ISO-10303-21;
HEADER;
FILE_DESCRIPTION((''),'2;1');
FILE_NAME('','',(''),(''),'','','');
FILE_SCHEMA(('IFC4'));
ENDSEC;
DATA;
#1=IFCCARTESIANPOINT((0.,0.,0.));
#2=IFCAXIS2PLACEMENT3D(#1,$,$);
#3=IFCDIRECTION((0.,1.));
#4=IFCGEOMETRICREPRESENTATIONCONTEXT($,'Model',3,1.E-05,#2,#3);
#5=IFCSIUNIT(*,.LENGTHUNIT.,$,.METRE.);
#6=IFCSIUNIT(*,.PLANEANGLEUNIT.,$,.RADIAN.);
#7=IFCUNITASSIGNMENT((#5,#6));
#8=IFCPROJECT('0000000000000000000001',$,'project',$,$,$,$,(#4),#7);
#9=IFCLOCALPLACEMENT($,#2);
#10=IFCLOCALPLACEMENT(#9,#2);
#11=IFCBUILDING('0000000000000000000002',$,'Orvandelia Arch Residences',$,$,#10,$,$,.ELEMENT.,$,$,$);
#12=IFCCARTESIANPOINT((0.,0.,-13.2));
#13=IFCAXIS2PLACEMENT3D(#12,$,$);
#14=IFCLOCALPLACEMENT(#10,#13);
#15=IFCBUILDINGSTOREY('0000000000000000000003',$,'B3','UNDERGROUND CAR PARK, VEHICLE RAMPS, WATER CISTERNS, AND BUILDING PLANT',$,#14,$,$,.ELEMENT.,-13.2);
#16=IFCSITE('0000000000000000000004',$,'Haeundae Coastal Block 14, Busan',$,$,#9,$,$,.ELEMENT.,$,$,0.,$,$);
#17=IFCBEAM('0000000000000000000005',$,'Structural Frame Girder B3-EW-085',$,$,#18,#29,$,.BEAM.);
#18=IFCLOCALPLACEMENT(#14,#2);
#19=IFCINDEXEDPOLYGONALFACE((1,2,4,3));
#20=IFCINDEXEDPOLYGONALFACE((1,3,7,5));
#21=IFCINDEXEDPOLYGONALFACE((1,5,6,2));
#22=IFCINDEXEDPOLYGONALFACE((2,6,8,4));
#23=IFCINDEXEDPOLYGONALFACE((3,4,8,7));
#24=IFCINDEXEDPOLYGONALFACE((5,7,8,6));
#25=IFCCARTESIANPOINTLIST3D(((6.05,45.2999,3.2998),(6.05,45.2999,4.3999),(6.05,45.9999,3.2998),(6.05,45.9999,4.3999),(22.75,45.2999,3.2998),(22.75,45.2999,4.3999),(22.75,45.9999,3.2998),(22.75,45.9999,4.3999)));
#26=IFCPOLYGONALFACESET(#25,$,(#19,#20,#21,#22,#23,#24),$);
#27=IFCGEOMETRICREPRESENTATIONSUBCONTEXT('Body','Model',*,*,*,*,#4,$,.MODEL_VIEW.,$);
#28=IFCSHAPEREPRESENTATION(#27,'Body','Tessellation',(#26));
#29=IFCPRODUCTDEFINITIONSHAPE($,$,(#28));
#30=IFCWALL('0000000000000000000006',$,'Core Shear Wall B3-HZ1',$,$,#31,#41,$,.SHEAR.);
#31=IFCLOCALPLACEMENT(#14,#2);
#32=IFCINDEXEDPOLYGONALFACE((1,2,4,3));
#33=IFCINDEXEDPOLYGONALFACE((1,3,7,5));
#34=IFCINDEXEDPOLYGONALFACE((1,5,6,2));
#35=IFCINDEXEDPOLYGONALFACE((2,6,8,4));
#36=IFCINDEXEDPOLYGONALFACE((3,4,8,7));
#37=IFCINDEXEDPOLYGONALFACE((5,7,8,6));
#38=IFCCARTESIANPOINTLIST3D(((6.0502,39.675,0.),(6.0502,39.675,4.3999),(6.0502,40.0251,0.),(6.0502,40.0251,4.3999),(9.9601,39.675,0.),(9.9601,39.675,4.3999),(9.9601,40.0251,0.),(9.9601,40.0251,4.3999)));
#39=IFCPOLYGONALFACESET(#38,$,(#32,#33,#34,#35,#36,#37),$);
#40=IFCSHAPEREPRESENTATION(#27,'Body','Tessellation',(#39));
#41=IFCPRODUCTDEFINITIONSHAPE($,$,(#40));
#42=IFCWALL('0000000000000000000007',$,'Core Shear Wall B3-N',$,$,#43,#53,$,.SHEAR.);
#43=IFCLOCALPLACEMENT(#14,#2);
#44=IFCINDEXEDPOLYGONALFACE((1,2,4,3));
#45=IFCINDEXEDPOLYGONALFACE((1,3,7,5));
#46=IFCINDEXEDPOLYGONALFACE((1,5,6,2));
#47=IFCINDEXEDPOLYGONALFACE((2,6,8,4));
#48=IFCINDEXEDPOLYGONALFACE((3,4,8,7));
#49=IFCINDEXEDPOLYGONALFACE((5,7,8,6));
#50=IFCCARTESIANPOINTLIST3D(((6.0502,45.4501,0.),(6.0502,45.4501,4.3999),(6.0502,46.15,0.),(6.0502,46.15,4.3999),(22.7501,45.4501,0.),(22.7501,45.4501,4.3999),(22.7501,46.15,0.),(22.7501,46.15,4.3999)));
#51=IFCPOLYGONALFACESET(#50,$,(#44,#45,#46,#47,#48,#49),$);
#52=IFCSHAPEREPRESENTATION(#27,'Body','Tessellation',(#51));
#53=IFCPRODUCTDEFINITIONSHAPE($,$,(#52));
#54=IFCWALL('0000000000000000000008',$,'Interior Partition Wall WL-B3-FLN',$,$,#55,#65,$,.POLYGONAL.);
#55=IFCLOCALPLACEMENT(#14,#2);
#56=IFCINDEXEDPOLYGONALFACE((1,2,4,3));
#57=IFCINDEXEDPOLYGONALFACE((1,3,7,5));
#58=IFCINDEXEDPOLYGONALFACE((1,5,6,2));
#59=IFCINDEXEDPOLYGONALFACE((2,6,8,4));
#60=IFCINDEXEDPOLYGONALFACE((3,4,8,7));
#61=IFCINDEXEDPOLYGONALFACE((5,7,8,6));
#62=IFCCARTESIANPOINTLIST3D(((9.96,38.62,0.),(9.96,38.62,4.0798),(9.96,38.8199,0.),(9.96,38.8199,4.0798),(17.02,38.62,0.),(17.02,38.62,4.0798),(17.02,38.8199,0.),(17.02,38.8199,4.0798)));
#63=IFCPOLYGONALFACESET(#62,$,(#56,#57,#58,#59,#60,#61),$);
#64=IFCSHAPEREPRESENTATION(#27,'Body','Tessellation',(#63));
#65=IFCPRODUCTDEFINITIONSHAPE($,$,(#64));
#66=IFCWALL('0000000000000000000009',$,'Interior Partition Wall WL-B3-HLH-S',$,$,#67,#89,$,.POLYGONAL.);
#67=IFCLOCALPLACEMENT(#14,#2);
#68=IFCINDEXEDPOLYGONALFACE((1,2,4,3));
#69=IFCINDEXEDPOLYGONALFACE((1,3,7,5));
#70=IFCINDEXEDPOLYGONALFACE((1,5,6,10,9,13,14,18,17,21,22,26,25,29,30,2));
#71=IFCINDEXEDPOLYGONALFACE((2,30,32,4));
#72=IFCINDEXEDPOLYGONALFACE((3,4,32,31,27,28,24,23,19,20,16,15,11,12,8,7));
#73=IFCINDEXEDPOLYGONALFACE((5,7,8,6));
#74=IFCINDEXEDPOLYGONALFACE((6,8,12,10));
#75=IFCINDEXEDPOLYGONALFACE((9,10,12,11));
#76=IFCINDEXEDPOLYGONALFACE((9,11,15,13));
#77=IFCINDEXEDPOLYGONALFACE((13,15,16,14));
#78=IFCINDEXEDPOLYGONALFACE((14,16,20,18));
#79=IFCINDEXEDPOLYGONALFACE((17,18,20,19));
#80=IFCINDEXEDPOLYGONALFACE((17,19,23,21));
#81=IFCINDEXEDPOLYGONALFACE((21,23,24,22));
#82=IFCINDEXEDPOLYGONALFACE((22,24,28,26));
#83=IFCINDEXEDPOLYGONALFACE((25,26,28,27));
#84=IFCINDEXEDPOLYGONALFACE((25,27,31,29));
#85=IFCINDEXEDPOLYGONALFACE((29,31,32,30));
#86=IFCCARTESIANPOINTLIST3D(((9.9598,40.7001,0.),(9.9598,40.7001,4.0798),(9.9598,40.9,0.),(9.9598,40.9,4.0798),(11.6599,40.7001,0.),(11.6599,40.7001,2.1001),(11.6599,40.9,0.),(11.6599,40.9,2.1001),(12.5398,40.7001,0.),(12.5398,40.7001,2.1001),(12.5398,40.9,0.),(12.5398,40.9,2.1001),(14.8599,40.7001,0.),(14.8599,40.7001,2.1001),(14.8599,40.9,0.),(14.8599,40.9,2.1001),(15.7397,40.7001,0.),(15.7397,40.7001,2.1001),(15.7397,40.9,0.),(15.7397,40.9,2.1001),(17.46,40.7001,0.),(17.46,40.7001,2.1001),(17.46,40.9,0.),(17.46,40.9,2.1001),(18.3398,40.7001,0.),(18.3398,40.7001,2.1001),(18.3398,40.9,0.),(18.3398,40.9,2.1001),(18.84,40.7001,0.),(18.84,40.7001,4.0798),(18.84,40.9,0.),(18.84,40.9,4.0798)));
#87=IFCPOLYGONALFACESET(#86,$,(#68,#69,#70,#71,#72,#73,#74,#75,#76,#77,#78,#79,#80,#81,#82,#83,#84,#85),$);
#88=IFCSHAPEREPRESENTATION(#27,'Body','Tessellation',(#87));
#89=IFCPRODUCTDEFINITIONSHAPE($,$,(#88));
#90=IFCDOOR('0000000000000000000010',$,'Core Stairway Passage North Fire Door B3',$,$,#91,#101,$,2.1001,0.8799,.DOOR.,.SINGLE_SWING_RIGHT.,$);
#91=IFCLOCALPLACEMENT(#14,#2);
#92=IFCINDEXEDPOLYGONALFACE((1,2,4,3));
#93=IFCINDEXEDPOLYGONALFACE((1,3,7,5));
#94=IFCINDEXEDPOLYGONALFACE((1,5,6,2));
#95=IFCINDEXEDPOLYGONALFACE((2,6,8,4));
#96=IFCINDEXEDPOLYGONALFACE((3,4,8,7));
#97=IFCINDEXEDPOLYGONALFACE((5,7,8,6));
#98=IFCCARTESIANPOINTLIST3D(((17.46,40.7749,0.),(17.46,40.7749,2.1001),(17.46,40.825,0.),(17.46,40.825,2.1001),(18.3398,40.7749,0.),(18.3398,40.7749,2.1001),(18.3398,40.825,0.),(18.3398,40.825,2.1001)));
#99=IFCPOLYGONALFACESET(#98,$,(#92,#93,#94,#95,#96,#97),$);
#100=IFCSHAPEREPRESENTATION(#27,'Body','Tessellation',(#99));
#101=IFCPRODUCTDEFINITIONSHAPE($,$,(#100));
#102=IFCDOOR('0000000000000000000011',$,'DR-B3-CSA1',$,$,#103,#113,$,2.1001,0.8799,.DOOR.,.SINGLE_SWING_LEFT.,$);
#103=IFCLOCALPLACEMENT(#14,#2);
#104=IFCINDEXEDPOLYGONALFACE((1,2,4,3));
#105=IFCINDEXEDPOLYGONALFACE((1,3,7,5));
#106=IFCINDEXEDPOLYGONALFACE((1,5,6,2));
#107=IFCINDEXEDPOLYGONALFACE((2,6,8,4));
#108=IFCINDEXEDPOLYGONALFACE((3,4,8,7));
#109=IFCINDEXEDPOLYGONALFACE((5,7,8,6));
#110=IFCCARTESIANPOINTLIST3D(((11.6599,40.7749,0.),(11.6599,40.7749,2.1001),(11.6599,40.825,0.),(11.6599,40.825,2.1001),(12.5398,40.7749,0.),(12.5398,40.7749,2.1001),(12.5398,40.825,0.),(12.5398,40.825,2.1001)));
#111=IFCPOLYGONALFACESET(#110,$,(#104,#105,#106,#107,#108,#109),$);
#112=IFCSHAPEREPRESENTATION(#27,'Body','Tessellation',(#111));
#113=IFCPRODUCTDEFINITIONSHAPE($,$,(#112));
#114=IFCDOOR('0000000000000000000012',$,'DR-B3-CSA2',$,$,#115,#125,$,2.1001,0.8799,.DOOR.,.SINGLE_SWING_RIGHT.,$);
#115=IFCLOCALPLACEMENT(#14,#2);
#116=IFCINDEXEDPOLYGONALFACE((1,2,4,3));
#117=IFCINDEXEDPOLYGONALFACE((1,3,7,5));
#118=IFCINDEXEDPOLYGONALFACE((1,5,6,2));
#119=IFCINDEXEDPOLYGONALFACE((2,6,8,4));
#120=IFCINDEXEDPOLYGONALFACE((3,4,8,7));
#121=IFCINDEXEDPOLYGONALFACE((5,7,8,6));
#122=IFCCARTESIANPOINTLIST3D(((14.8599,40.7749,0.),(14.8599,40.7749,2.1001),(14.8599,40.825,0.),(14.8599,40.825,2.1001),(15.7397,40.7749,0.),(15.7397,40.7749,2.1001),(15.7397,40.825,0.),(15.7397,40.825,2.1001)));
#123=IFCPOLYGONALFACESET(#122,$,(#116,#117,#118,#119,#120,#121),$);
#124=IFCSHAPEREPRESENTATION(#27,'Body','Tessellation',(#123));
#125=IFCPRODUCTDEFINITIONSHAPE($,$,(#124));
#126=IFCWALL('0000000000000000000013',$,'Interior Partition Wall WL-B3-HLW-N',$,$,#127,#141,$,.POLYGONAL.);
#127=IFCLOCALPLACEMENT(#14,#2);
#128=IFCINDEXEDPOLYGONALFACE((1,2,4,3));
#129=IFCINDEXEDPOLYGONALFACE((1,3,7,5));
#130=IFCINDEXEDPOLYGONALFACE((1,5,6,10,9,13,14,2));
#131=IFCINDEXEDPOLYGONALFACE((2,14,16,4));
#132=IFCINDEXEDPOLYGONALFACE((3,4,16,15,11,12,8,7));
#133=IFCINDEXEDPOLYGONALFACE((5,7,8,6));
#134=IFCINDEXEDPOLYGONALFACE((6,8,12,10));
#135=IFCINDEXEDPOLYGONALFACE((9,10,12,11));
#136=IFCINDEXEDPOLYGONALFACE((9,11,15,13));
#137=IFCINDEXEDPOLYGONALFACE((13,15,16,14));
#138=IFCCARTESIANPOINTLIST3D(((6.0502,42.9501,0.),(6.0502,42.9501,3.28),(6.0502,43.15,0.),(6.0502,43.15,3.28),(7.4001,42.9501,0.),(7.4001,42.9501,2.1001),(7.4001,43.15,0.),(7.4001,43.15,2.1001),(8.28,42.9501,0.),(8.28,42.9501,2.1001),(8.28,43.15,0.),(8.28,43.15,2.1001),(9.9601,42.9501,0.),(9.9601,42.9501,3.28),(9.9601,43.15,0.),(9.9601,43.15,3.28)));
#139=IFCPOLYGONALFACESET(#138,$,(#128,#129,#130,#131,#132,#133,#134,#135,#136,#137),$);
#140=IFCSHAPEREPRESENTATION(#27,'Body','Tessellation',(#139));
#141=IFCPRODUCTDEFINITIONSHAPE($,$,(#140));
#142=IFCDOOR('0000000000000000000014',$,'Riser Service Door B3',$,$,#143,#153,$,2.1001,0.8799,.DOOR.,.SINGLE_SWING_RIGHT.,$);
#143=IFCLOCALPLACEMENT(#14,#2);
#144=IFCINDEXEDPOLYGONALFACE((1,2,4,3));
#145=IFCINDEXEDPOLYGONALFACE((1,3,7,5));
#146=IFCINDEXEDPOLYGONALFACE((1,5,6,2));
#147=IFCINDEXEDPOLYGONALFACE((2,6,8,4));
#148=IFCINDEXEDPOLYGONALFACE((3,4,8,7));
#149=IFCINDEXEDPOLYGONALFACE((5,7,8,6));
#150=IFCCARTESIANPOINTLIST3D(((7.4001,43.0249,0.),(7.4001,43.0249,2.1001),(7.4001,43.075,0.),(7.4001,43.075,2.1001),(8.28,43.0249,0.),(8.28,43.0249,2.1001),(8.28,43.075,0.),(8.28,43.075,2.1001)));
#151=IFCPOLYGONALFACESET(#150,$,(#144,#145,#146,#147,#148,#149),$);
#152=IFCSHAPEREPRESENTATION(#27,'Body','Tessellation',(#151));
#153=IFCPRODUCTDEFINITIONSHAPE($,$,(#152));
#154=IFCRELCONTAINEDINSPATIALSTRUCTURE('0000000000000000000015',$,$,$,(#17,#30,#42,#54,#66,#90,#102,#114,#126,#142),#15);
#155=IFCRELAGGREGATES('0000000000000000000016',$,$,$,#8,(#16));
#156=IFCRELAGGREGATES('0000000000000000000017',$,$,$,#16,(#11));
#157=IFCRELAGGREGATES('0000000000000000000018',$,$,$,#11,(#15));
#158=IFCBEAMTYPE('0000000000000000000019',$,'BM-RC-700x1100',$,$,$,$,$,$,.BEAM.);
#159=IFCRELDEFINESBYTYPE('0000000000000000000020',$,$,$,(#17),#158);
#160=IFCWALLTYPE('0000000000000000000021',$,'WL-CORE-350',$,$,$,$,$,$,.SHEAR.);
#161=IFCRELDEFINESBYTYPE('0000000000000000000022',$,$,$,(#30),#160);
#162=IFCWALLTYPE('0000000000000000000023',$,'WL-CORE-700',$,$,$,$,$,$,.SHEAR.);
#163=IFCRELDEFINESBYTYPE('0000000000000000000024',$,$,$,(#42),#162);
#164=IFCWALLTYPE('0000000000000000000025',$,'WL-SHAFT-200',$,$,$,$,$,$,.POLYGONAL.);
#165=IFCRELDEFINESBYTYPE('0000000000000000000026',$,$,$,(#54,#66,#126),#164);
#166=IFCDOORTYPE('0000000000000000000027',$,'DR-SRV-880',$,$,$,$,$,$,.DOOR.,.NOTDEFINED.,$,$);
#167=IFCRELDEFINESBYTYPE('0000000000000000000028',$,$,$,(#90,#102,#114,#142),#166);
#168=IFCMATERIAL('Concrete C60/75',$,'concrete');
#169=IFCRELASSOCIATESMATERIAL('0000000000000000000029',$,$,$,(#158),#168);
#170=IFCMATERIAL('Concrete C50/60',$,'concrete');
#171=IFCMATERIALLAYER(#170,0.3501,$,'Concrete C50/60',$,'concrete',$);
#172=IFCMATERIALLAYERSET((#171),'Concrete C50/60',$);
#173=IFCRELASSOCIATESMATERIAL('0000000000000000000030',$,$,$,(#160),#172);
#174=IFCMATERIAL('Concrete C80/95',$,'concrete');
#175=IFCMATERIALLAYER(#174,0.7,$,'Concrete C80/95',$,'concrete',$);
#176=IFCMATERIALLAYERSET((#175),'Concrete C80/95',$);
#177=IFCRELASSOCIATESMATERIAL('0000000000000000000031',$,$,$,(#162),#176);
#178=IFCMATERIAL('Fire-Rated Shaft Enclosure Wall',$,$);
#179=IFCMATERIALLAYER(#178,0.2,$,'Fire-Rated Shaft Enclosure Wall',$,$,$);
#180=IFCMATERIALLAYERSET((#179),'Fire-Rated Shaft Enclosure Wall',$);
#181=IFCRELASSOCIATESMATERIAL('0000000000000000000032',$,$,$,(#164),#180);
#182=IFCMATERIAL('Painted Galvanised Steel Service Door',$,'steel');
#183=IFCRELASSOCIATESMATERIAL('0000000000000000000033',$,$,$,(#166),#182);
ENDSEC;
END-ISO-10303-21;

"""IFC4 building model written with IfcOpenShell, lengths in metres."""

from ifc_helpers import new_model, si_unit, direction, frame, frame_2d, origin, origin_2d, place, context, subcontext, project, spatial, rectangle, extrude, material, layer, layer_set, material_profile, profile_set, type_object, element, fill, save


model = new_model("IFC4")

# Units and contexts
model_context = context("Model", 3, precision=1e-05, world=origin(), true_north=direction((0.0, 1.0)))
body_context = subcontext(model_context, "Body", "Model", "MODEL_VIEW")
ifc_project = project(units=[si_unit("LENGTHUNIT", "METRE"), si_unit("PLANEANGLEUNIT", "RADIAN")], contexts=[model_context])

# Site, building, storey
site_placement = place(None, origin())
site = spatial("IfcSite", under=ifc_project, at=site_placement, Name="Haeundae Coastal Block 14, Busan", CompositionType="ELEMENT", RefElevation=0.0)
building_placement = place(site_placement, origin())
building = spatial("IfcBuilding", under=site, at=building_placement, Name="Orvandelia Arch Residences", CompositionType="ELEMENT")
storey_placement = place(building_placement, frame((0.0, 0.0, -13.2)))
storey = spatial("IfcBuildingStorey", under=building, at=storey_placement, Name="B3", Description="UNDERGROUND CAR PARK, VEHICLE RAMPS, WATER CISTERNS, AND BUILDING PLANT", CompositionType="ELEMENT", Elevation=-13.2)

# Shared definitions
ifc_material_1 = material(Name="Concrete C50/60", Category="concrete")

# Shared definitions
ifc_material_2 = material(Name="Concrete C80/95", Category="concrete")

# Beam
ifc_material_3 = material(Name="Concrete C60/75", Category="concrete")
ifc_material_profile_1 = material_profile(ifc_material_3, rectangle(XDim=0.7, YDim=1.1001, at=origin_2d()), Name="Concrete C60/75", Category="concrete")
ifc_profile_set_1 = profile_set([ifc_material_profile_1], Name="Concrete C60/75")
beam_type = type_object("IfcBeamType", Name="BM-RC-700x1100", PredefinedType="BEAM", material=ifc_profile_set_1)
beam_1_placement = place(storey_placement, frame((6.05, 45.6499, 3.8499), z_axis=(1.0, 0.0, 0.0), x_axis=(0.0, 1.0, 0.0)))
element("IfcBeam", 1, at=beam_1_placement, inside=storey, type_object=beam_type, Name="Structural Frame Girder B3-EW-085", PredefinedType="BEAM", context=body_context, shape_type="SweptSolid", body=[
    extrude(rectangle(XDim=0.7, YDim=1.1001, at=origin_2d()), origin(), (0.0, 0.0, 1.0), 16.7),
])

# Wall
ifc_layer_1 = layer(ifc_material_1, 0.3501, Name="Concrete C50/60", Category="concrete")
ifc_layer_set_1 = layer_set([ifc_layer_1], Name="Concrete C50/60")
wall_type_1 = type_object("IfcWallType", Name="WL-CORE-350", PredefinedType="SHEAR", material=ifc_layer_set_1)
wall_1_placement = place(storey_placement, frame((6.05, 39.8501, 0.0), z_axis=(0.0, 0.0, 1.0), x_axis=(1.0, 0.0, 0.0)))
element("IfcWall", 2, at=wall_1_placement, inside=storey, type_object=wall_type_1, Name="Core Shear Wall B3-HZ1", PredefinedType="SHEAR", context=body_context, shape_type="SweptSolid", body=[
    extrude(rectangle(XDim=3.9099, YDim=0.3501, at=frame_2d((1.9551, 0.0))), origin(), (0.0, 0.0, 1.0), 4.3999),
])

# Walls
ifc_layer_2 = layer(ifc_material_2, 0.7, Name="Concrete C80/95", Category="concrete")
ifc_layer_set_2 = layer_set([ifc_layer_2], Name="Concrete C80/95")
wall_type_2 = type_object("IfcWallType", Name="WL-CORE-700", PredefinedType="SHEAR", material=ifc_layer_set_2)
wall_2_placement = place(storey_placement, frame((6.05, 45.8, 0.0), z_axis=(0.0, 0.0, 1.0), x_axis=(1.0, 0.0, 0.0)))
element("IfcWall", 3, at=wall_2_placement, inside=storey, type_object=wall_type_2, Name="Core Shear Wall B3-N", PredefinedType="SHEAR", context=body_context, shape_type="SweptSolid", body=[
    extrude(rectangle(XDim=16.7, YDim=0.7, at=frame_2d((8.3501, 0.0))), origin(), (0.0, 0.0, 1.0), 4.3999),
])
ifc_material_4 = material(Name="Fire-Rated Shaft Enclosure Wall")
ifc_layer_3 = layer(ifc_material_4, 0.2, Name="Fire-Rated Shaft Enclosure Wall")
ifc_layer_set_3 = layer_set([ifc_layer_3], Name="Fire-Rated Shaft Enclosure Wall")
wall_type_3 = type_object("IfcWallType", Name="WL-SHAFT-200", PredefinedType="POLYGONAL", material=ifc_layer_set_3)
wall_3_placement = place(storey_placement, frame((9.96, 38.72, 0.0), z_axis=(0.0, 0.0, 1.0), x_axis=(1.0, 0.0, 0.0)))
element("IfcWall", 4, at=wall_3_placement, inside=storey, type_object=wall_type_3, Name="Interior Partition Wall WL-B3-FLN", PredefinedType="POLYGONAL", context=body_context, shape_type="SweptSolid", body=[
    extrude(rectangle(XDim=7.0601, YDim=0.2, at=frame_2d((3.53, 0.0))), origin(), (0.0, 0.0, 1.0), 4.0798),
])

# Wall, openings, doors
wall_4_placement = place(storey_placement, frame((9.96, 40.8, 0.0), z_axis=(0.0, 0.0, 1.0), x_axis=(1.0, 0.0, 0.0)))
wall_4 = element("IfcWall", 5, at=wall_4_placement, inside=storey, type_object=wall_type_3, Name="Interior Partition Wall WL-B3-HLH-S", PredefinedType="POLYGONAL", context=body_context, shape_type="SweptSolid", body=[
    extrude(rectangle(XDim=8.8801, YDim=0.2, at=frame_2d((4.4399, 0.0))), origin(), (0.0, 0.0, 1.0), 4.0798),
])
opening_1_placement = place(wall_4_placement, frame((7.5, 0.0, 0.0)))
opening_1 = element("IfcOpeningElement", 6, at=opening_1_placement, cuts=wall_4, PredefinedType="OPENING", context=body_context, shape_type="SweptSolid", body=[
    extrude(rectangle(XDim=0.8799, YDim=2.1001, at=frame_2d((0.4399, 1.05))), frame((0.0, 0.1099, 0.0), z_axis=(0.0, -1.0, 0.0), x_axis=(1.0, 0.0, 0.0)), (0.0, 0.0, 1.0), 0.22),
])
opening_2_placement = place(wall_4_placement, frame((1.7, 0.0, 0.0)))
opening_2 = element("IfcOpeningElement", 7, at=opening_2_placement, cuts=wall_4, PredefinedType="OPENING", context=body_context, shape_type="SweptSolid", body=[
    extrude(rectangle(XDim=0.8799, YDim=2.1001, at=frame_2d((0.4399, 1.05))), frame((0.0, 0.1099, 0.0), z_axis=(0.0, -1.0, 0.0), x_axis=(1.0, 0.0, 0.0)), (0.0, 0.0, 1.0), 0.22),
])
opening_3_placement = place(wall_4_placement, frame((4.8999, 0.0, 0.0)))
opening_3 = element("IfcOpeningElement", 8, at=opening_3_placement, cuts=wall_4, PredefinedType="OPENING", context=body_context, shape_type="SweptSolid", body=[
    extrude(rectangle(XDim=0.8799, YDim=2.1001, at=frame_2d((0.4399, 1.05))), frame((0.0, 0.1099, 0.0), z_axis=(0.0, -1.0, 0.0), x_axis=(1.0, 0.0, 0.0)), (0.0, 0.0, 1.0), 0.22),
])
ifc_material_5 = material(Name="Painted Galvanised Steel Service Door", Category="steel")
door_type_1 = type_object("IfcDoorType", Name="DR-SRV-880", OperationType="NOTDEFINED", PredefinedType="DOOR", material=ifc_material_5)
door_1_placement = place(opening_1_placement, origin())
door_1 = element("IfcDoor", 9, at=door_1_placement, inside=storey, type_object=door_type_1, Name="Core Stairway Passage North Fire Door B3", OperationType="SINGLE_SWING_RIGHT", OverallHeight=2.1001, OverallWidth=0.8799, PredefinedType="DOOR", context=body_context, shape_type="SweptSolid", body=[
    extrude(rectangle(XDim=0.8799, YDim=2.1001, at=frame_2d((0.4399, 1.05))), frame((0.0, 0.0249, 0.0), z_axis=(0.0, -1.0, 0.0), x_axis=(1.0, 0.0, 0.0)), (0.0, 0.0, 1.0), 0.05),
])
fill(opening_1, door_1)
door_2_placement = place(opening_2_placement, origin())
door_2 = element("IfcDoor", 10, at=door_2_placement, inside=storey, type_object=door_type_1, Name="DR-B3-CSA1", OperationType="SINGLE_SWING_LEFT", OverallHeight=2.1001, OverallWidth=0.8799, PredefinedType="DOOR", context=body_context, shape_type="SweptSolid", body=[
    extrude(rectangle(XDim=0.8799, YDim=2.1001, at=frame_2d((0.4399, 1.05))), frame((0.0, 0.0249, 0.0), z_axis=(0.0, -1.0, 0.0), x_axis=(1.0, 0.0, 0.0)), (0.0, 0.0, 1.0), 0.05),
])
fill(opening_2, door_2)
door_3_placement = place(opening_3_placement, origin())
door_3 = element("IfcDoor", 11, at=door_3_placement, inside=storey, type_object=door_type_1, Name="DR-B3-CSA2", OperationType="SINGLE_SWING_RIGHT", OverallHeight=2.1001, OverallWidth=0.8799, PredefinedType="DOOR", context=body_context, shape_type="SweptSolid", body=[
    extrude(rectangle(XDim=0.8799, YDim=2.1001, at=frame_2d((0.4399, 1.05))), frame((0.0, 0.0249, 0.0), z_axis=(0.0, -1.0, 0.0), x_axis=(1.0, 0.0, 0.0)), (0.0, 0.0, 1.0), 0.05),
])
fill(opening_3, door_3)

# Wall, opening, door
wall_5_placement = place(storey_placement, frame((6.05, 43.05, 0.0), z_axis=(0.0, 0.0, 1.0), x_axis=(1.0, 0.0, 0.0)))
wall_5 = element("IfcWall", 12, at=wall_5_placement, inside=storey, type_object=wall_type_3, Name="Interior Partition Wall WL-B3-HLW-N", PredefinedType="POLYGONAL", context=body_context, shape_type="SweptSolid", body=[
    extrude(rectangle(XDim=3.9099, YDim=0.2, at=frame_2d((1.9551, 0.0))), origin(), (0.0, 0.0, 1.0), 3.28),
])
opening_4_placement = place(wall_5_placement, frame((1.3501, 0.0, 0.0)))
opening_4 = element("IfcOpeningElement", 13, at=opening_4_placement, cuts=wall_5, PredefinedType="OPENING", context=body_context, shape_type="SweptSolid", body=[
    extrude(rectangle(XDim=0.8799, YDim=2.1001, at=frame_2d((0.4399, 1.05))), frame((0.0, 0.1099, 0.0), z_axis=(0.0, -1.0, 0.0), x_axis=(1.0, 0.0, 0.0)), (0.0, 0.0, 1.0), 0.22),
])
door_4_placement = place(opening_4_placement, origin())
door_4 = element("IfcDoor", 14, at=door_4_placement, inside=storey, type_object=door_type_1, Name="Riser Service Door B3", OperationType="SINGLE_SWING_RIGHT", OverallHeight=2.1001, OverallWidth=0.8799, PredefinedType="DOOR", context=body_context, shape_type="SweptSolid", body=[
    extrude(rectangle(XDim=0.8799, YDim=2.1001, at=frame_2d((0.4399, 1.05))), frame((0.0, 0.0249, 0.0), z_axis=(0.0, -1.0, 0.0), x_axis=(1.0, 0.0, 0.0)), (0.0, 0.0, 1.0), 0.05),
])
fill(opening_4, door_4)

save(model, "model.ifc")
